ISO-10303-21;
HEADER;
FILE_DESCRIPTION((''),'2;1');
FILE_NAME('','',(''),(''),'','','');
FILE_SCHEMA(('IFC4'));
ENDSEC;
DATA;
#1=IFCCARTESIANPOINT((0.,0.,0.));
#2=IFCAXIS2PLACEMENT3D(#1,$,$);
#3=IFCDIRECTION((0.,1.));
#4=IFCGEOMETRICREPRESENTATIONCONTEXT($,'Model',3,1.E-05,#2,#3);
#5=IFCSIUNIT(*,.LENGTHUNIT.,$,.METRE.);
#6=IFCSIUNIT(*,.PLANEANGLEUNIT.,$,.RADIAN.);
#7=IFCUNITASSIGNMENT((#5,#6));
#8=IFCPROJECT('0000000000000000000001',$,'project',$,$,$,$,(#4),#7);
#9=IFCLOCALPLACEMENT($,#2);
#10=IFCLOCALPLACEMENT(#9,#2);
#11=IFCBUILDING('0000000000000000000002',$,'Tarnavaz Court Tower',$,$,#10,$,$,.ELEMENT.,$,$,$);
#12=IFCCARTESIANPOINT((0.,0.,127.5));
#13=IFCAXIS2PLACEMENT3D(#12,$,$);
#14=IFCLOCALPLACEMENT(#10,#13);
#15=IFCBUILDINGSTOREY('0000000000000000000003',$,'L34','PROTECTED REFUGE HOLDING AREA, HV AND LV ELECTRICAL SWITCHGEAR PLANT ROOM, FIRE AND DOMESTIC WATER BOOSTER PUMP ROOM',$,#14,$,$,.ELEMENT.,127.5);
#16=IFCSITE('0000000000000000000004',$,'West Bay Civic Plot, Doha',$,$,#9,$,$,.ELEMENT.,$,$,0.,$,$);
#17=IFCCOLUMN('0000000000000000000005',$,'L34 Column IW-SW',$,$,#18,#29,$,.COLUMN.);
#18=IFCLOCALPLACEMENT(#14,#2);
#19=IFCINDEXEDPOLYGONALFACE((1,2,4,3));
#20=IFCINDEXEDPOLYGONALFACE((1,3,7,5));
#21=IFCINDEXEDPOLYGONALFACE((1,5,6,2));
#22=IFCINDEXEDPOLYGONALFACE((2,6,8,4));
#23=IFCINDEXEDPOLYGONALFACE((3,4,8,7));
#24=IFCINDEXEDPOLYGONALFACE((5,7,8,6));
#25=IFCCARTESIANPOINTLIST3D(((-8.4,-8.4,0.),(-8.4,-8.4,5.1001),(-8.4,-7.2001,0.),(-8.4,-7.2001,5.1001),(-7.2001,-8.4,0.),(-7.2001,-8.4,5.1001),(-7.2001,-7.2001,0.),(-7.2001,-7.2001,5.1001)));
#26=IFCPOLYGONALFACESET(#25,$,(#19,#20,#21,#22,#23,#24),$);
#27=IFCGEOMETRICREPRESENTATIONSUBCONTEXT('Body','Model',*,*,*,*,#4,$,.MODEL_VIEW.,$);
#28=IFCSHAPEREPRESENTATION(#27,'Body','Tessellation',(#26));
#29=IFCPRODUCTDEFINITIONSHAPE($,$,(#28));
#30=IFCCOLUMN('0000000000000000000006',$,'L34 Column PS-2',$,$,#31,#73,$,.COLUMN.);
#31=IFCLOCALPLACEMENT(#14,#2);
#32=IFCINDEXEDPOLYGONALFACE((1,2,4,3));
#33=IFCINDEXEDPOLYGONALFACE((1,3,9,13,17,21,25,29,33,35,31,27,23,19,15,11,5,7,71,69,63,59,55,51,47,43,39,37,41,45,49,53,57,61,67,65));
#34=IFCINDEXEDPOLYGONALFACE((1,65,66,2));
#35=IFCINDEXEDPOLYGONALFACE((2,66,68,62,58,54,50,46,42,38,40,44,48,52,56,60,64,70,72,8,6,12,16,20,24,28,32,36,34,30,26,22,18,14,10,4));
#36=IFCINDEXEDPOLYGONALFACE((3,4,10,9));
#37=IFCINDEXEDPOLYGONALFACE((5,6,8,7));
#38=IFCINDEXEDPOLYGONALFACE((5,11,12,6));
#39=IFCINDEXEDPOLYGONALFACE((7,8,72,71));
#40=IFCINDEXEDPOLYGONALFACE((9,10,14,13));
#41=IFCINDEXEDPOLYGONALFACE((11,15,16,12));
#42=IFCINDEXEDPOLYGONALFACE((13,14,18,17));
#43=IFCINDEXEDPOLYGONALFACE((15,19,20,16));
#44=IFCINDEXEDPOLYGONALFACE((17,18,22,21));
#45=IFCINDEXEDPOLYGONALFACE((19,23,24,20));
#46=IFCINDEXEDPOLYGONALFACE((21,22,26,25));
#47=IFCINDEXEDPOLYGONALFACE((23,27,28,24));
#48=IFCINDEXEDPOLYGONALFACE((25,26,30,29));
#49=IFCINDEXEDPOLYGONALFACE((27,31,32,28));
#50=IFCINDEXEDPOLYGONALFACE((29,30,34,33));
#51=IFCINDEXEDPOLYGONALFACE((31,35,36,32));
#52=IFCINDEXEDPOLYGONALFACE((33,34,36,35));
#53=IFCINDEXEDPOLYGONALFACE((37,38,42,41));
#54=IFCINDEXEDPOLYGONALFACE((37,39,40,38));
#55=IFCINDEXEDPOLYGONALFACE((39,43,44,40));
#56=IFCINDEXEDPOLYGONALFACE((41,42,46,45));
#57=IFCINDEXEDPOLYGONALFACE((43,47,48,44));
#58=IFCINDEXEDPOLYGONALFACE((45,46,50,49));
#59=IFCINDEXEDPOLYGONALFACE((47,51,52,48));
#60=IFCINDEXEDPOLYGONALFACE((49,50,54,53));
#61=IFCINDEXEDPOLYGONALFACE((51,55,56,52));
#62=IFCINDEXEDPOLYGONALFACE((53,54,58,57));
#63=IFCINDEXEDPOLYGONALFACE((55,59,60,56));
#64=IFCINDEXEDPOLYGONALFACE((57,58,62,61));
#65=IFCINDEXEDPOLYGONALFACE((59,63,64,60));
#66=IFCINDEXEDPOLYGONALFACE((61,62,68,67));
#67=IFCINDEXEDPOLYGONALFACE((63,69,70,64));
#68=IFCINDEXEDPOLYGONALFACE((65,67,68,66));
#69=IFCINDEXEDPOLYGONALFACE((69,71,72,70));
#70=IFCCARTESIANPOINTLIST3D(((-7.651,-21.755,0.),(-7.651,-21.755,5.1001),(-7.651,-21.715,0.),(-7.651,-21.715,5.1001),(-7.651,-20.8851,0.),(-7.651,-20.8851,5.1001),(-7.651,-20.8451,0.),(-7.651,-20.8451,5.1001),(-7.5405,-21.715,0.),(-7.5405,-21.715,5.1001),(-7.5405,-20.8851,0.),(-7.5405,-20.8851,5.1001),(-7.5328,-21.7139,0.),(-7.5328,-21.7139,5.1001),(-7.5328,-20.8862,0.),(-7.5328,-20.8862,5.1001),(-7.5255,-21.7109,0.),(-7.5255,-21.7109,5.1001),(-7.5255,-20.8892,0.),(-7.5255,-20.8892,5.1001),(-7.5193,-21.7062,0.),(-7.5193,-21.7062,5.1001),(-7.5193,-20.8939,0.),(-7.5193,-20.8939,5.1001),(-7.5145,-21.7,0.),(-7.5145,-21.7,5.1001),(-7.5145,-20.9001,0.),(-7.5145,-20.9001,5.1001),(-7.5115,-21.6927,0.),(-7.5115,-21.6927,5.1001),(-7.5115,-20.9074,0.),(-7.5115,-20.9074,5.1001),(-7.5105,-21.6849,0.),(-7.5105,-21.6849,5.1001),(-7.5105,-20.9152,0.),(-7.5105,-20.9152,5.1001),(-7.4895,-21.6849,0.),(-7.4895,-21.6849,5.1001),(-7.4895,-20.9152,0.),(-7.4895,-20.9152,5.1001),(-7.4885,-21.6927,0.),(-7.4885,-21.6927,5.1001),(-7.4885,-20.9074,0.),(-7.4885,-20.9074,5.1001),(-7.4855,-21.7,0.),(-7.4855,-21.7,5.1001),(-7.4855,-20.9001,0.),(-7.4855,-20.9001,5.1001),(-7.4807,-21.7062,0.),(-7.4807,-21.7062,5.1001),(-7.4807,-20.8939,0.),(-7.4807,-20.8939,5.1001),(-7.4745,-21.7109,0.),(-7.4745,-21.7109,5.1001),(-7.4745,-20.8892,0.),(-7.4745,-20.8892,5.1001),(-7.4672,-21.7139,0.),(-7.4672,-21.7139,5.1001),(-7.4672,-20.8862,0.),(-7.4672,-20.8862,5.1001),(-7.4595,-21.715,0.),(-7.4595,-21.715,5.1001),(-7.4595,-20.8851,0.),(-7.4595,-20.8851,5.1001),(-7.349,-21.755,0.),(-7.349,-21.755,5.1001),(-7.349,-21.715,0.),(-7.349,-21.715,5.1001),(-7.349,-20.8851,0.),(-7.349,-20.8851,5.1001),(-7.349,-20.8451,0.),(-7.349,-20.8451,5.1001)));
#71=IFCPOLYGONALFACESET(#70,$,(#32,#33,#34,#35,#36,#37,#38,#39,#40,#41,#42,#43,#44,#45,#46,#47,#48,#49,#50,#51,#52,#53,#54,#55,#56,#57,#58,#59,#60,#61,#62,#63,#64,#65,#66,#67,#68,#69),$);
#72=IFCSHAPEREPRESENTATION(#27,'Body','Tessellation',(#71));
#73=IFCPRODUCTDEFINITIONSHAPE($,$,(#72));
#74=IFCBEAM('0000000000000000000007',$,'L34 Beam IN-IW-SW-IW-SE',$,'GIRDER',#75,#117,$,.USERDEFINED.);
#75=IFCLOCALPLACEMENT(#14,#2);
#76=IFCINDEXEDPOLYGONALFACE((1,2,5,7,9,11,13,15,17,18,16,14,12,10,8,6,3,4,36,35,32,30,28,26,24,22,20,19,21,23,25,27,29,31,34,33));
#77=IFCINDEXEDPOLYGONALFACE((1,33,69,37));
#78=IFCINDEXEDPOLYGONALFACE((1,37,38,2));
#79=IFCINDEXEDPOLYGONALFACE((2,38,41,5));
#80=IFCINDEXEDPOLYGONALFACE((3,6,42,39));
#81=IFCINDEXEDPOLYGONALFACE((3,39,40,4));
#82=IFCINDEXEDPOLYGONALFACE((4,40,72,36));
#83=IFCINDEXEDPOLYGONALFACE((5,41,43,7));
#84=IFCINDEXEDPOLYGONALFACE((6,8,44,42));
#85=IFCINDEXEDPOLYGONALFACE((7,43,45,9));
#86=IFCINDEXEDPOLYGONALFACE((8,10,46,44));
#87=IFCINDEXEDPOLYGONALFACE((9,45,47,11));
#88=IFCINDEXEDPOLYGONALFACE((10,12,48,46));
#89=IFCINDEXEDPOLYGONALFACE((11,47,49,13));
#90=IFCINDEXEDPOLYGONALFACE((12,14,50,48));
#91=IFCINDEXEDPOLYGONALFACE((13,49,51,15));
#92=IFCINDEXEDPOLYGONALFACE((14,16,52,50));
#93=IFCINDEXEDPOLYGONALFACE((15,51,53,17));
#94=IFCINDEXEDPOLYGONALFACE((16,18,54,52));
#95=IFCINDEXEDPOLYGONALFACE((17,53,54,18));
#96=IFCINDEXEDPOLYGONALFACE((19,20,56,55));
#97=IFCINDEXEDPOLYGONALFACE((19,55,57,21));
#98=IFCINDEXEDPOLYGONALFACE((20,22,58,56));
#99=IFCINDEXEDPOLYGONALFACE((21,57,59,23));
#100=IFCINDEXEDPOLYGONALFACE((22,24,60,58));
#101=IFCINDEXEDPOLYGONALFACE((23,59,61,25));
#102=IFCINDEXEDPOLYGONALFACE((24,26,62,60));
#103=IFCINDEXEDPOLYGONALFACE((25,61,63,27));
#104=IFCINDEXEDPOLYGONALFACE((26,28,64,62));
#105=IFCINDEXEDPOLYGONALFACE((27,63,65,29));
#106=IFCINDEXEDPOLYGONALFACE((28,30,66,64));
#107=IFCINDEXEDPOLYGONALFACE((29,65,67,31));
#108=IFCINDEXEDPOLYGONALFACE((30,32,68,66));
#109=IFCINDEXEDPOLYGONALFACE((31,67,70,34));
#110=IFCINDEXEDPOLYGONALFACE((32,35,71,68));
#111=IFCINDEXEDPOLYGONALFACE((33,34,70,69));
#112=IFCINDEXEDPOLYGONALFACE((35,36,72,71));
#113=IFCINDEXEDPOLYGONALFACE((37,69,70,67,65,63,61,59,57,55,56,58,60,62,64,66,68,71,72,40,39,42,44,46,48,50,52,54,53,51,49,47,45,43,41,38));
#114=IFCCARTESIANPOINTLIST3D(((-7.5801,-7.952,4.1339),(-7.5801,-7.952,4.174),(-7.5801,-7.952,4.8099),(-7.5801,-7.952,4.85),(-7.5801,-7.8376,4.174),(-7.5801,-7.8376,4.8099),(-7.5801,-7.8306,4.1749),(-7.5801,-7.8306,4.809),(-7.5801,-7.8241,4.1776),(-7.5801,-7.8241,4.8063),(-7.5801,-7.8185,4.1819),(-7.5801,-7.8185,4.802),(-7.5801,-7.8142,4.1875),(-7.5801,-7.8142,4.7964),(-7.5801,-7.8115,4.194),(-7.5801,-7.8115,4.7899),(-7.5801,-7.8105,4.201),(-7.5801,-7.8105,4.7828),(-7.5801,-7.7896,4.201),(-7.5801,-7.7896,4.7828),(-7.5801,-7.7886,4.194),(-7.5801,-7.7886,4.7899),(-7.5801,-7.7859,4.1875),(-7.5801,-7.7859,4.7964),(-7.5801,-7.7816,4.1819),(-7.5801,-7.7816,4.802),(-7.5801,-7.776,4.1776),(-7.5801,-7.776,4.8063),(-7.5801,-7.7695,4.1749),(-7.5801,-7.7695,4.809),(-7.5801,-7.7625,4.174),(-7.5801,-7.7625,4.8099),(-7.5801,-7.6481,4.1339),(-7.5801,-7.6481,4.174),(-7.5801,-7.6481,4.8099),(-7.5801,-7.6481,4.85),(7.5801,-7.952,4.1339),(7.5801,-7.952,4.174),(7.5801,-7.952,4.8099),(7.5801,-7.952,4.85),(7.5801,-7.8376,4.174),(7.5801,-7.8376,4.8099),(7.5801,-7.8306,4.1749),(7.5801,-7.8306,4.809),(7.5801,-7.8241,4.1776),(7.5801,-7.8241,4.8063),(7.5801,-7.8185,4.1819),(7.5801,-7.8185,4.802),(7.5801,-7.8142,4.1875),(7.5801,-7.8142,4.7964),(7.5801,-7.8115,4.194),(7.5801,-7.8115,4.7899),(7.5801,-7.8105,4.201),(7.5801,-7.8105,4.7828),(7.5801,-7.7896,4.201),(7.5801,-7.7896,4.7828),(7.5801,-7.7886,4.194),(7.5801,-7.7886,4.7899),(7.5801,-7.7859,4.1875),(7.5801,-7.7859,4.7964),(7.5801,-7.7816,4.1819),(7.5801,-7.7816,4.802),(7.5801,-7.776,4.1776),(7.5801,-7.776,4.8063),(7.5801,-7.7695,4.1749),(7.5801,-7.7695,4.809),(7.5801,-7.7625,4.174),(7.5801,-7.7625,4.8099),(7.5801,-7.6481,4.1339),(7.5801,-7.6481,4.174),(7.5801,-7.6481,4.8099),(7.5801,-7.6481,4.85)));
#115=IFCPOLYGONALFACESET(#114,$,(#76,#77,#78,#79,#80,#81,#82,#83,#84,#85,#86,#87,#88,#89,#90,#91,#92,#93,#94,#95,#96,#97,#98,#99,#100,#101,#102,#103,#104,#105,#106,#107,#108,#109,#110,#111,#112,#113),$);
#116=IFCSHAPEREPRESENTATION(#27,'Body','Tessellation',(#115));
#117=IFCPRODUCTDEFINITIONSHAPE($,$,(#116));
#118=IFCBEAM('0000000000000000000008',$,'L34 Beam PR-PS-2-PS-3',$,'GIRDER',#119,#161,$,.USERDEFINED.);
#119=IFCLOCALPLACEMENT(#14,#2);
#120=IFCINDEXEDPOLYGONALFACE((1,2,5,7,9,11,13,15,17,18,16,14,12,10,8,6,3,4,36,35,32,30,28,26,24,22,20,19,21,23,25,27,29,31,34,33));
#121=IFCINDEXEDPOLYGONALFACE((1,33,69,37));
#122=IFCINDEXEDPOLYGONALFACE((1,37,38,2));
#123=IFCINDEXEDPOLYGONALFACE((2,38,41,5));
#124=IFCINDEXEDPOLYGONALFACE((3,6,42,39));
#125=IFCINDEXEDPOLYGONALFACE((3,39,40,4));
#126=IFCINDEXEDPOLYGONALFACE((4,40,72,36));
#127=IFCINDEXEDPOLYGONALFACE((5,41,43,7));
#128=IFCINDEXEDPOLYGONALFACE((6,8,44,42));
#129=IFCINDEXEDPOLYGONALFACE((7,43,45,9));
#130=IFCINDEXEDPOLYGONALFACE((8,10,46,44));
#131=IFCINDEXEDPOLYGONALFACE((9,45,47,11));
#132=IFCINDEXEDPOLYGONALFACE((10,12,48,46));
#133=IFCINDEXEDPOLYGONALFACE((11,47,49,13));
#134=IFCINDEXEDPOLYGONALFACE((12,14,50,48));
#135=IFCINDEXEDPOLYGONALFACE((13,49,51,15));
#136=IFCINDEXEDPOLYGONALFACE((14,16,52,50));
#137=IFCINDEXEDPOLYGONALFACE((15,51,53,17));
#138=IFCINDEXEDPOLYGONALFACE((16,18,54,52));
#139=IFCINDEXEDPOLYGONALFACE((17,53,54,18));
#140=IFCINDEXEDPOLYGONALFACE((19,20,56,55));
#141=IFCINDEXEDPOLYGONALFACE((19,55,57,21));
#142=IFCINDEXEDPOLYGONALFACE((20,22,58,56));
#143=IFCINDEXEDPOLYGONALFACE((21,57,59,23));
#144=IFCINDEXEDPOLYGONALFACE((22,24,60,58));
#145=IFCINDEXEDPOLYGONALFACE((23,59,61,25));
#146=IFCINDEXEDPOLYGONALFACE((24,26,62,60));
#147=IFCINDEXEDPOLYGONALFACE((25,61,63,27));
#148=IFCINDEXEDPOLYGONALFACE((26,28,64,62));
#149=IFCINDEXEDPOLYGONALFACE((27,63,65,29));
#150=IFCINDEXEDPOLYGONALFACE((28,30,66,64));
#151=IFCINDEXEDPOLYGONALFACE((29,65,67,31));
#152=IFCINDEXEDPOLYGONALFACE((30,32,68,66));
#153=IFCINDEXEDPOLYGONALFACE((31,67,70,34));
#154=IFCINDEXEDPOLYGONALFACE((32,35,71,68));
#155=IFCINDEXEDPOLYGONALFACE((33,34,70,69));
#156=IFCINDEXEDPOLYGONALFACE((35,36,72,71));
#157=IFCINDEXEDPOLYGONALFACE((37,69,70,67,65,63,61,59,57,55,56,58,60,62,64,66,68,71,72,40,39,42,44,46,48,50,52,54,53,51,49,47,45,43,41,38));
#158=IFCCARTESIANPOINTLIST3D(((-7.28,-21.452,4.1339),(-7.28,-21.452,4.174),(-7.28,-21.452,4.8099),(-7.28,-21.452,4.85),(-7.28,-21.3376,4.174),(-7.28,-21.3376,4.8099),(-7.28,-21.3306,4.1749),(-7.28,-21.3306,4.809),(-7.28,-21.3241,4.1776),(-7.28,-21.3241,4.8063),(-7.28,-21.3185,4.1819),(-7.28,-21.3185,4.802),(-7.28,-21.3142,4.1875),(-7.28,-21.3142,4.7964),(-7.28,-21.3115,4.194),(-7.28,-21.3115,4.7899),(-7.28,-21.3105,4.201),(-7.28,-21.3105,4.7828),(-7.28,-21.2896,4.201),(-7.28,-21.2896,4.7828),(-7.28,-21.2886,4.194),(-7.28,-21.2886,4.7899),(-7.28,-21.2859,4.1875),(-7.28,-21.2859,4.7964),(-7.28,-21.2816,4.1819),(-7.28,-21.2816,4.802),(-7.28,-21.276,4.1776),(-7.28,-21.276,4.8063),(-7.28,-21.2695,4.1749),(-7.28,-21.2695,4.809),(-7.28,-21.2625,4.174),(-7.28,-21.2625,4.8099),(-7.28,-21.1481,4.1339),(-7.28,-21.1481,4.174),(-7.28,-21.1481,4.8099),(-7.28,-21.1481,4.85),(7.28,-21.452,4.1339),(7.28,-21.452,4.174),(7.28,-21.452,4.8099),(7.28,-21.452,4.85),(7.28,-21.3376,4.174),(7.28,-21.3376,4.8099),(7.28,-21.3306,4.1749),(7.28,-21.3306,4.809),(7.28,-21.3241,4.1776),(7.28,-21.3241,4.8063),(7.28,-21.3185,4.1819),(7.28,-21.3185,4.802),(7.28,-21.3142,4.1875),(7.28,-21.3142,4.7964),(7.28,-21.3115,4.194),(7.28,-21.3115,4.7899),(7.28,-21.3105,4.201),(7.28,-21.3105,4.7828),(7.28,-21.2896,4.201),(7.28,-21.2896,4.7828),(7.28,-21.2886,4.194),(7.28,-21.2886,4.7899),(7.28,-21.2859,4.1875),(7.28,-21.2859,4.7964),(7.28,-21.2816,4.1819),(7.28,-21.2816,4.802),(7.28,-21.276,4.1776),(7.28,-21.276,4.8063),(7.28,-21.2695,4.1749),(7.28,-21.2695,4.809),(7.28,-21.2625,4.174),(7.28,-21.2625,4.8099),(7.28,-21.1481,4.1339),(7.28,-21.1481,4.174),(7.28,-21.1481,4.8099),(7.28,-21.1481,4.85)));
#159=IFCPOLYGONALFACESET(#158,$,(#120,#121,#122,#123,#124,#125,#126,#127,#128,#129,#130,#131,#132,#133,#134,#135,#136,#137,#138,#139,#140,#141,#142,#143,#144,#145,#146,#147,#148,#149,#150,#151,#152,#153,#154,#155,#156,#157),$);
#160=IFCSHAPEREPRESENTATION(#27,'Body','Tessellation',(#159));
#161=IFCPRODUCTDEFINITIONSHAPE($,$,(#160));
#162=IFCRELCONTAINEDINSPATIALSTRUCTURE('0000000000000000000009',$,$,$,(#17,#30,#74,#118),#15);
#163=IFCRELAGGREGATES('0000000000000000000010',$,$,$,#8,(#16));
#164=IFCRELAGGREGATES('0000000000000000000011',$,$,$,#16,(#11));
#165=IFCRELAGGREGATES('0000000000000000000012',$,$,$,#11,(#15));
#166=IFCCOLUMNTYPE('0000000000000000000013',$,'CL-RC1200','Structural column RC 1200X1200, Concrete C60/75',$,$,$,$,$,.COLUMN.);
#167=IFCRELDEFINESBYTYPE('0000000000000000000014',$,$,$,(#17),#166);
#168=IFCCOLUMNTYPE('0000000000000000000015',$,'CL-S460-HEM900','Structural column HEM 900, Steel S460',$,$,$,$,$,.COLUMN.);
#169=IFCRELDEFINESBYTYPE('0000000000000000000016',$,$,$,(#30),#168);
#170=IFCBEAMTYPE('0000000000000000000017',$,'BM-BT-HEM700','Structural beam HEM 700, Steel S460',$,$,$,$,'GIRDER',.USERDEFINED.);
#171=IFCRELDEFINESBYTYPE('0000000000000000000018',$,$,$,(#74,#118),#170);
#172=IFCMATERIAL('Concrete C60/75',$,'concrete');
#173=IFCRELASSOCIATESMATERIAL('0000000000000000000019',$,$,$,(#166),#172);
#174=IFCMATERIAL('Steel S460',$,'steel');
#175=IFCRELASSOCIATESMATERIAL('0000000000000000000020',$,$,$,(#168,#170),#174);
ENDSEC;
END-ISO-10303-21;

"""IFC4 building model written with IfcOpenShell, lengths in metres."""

from ifc_helpers import new_model, si_unit, direction, frame, origin, origin_2d, place, context, subcontext, project, spatial, rectangle, i_section, extrude, material, material_profile, profile_set, type_object, element, save


model = new_model("IFC4")

# Units and contexts
model_context = context("Model", 3, precision=1e-05, world=origin(), true_north=direction((0.0, 1.0)))
body_context = subcontext(model_context, "Body", "Model", "MODEL_VIEW")
ifc_project = project(units=[si_unit("LENGTHUNIT", "METRE"), si_unit("PLANEANGLEUNIT", "RADIAN")], contexts=[model_context])

# Site, building, storey
site_placement = place(None, origin())
site = spatial("IfcSite", under=ifc_project, at=site_placement, Name="West Bay Civic Plot, Doha", CompositionType="ELEMENT", RefElevation=0.0)
building_placement = place(site_placement, origin())
building = spatial("IfcBuilding", under=site, at=building_placement, Name="Tarnavaz Court Tower", CompositionType="ELEMENT")
storey_placement = place(building_placement, frame((0.0, 0.0, 127.5)))
storey = spatial("IfcBuildingStorey", under=building, at=storey_placement, Name="L34", Description="PROTECTED REFUGE HOLDING AREA, HV AND LV ELECTRICAL SWITCHGEAR PLANT ROOM, FIRE AND DOMESTIC WATER BOOSTER PUMP ROOM", CompositionType="ELEMENT", Elevation=127.5)

# Columns
ifc_material_1 = material(Name="Concrete C60/75", Category="concrete")
ifc_material_profile_1 = material_profile(ifc_material_1, rectangle(XDim=1.2, YDim=1.2, at=origin_2d()), Name="RC 1200X1200")
ifc_profile_set_1 = profile_set([ifc_material_profile_1], Name="Concrete C60/75")
column_type_1 = type_object("IfcColumnType", Name="CL-RC1200", Description="Structural column RC 1200X1200, Concrete C60/75", PredefinedType="COLUMN", material=ifc_profile_set_1)
column_1_placement = place(storey_placement, frame((-7.8, -7.8, 0.0), z_axis=(0.0, 0.0, 1.0), x_axis=(1.0, 0.0, 0.0)))
element("IfcColumn", 1, at=column_1_placement, inside=storey, type_object=column_type_1, Name="L34 Column IW-SW", PredefinedType="COLUMN", context=body_context, shape_type="SweptSolid", body=[
    extrude(rectangle(XDim=1.2, YDim=1.2, at=origin_2d()), origin(), (0.0, 0.0, 1.0), 5.1001),
])
ifc_material_2 = material(Name="Steel S460", Category="steel")
ifc_material_profile_2 = material_profile(ifc_material_2, i_section(OverallWidth=0.302, OverallDepth=0.9099, WebThickness=0.021, FlangeThickness=0.04, FilletRadius=0.03, at=origin_2d()), Name="HEM 900")
ifc_profile_set_2 = profile_set([ifc_material_profile_2], Name="Steel S460")
column_type_2 = type_object("IfcColumnType", Name="CL-S460-HEM900", Description="Structural column HEM 900, Steel S460", PredefinedType="COLUMN", material=ifc_profile_set_2)
column_2_placement = place(storey_placement, frame((-7.5, -21.3, 0.0), z_axis=(0.0, 0.0, 1.0), x_axis=(1.0, 0.0, 0.0)))
element("IfcColumn", 2, at=column_2_placement, inside=storey, type_object=column_type_2, Name="L34 Column PS-2", PredefinedType="COLUMN", context=body_context, shape_type="SweptSolid", body=[
    extrude(i_section(OverallWidth=0.302, OverallDepth=0.9099, WebThickness=0.021, FlangeThickness=0.04, FilletRadius=0.03, at=origin_2d()), origin(), (0.0, 0.0, 1.0), 5.1001),
])

# Beams
ifc_material_profile_3 = material_profile(ifc_material_2, i_section(OverallWidth=0.304, OverallDepth=0.7161, WebThickness=0.021, FlangeThickness=0.04, FilletRadius=0.0271, at=origin_2d()), Name="HEM 700")
ifc_profile_set_3 = profile_set([ifc_material_profile_3], Name="Steel S460")
beam_type_1 = type_object("IfcBeamType", Name="BM-BT-HEM700", Description="Structural beam HEM 700, Steel S460", ElementType="GIRDER", PredefinedType="USERDEFINED", material=ifc_profile_set_3)
beam_1_placement = place(storey_placement, frame((-7.5801, -7.8, 4.4919), z_axis=(1.0, 0.0, 0.0), x_axis=(0.0, 1.0, 0.0)))
element("IfcBeam", 3, at=beam_1_placement, inside=storey, type_object=beam_type_1, Name="L34 Beam IN-IW-SW-IW-SE", ObjectType="GIRDER", PredefinedType="USERDEFINED", context=body_context, shape_type="SweptSolid", body=[
    extrude(i_section(OverallWidth=0.304, OverallDepth=0.7161, WebThickness=0.021, FlangeThickness=0.04, FilletRadius=0.0271, at=origin_2d()), origin(), (0.0, 0.0, 1.0), 15.1602),
])
beam_2_placement = place(storey_placement, frame((-7.28, -21.3, 4.4919), z_axis=(1.0, 0.0, 0.0), x_axis=(0.0, 1.0, 0.0)))
element("IfcBeam", 4, at=beam_2_placement, inside=storey, type_object=beam_type_1, Name="L34 Beam PR-PS-2-PS-3", ObjectType="GIRDER", PredefinedType="USERDEFINED", context=body_context, shape_type="SweptSolid", body=[
    extrude(i_section(OverallWidth=0.304, OverallDepth=0.7161, WebThickness=0.021, FlangeThickness=0.04, FilletRadius=0.0271, at=origin_2d()), origin(), (0.0, 0.0, 1.0), 14.5601),
])

save(model, "model.ifc")
